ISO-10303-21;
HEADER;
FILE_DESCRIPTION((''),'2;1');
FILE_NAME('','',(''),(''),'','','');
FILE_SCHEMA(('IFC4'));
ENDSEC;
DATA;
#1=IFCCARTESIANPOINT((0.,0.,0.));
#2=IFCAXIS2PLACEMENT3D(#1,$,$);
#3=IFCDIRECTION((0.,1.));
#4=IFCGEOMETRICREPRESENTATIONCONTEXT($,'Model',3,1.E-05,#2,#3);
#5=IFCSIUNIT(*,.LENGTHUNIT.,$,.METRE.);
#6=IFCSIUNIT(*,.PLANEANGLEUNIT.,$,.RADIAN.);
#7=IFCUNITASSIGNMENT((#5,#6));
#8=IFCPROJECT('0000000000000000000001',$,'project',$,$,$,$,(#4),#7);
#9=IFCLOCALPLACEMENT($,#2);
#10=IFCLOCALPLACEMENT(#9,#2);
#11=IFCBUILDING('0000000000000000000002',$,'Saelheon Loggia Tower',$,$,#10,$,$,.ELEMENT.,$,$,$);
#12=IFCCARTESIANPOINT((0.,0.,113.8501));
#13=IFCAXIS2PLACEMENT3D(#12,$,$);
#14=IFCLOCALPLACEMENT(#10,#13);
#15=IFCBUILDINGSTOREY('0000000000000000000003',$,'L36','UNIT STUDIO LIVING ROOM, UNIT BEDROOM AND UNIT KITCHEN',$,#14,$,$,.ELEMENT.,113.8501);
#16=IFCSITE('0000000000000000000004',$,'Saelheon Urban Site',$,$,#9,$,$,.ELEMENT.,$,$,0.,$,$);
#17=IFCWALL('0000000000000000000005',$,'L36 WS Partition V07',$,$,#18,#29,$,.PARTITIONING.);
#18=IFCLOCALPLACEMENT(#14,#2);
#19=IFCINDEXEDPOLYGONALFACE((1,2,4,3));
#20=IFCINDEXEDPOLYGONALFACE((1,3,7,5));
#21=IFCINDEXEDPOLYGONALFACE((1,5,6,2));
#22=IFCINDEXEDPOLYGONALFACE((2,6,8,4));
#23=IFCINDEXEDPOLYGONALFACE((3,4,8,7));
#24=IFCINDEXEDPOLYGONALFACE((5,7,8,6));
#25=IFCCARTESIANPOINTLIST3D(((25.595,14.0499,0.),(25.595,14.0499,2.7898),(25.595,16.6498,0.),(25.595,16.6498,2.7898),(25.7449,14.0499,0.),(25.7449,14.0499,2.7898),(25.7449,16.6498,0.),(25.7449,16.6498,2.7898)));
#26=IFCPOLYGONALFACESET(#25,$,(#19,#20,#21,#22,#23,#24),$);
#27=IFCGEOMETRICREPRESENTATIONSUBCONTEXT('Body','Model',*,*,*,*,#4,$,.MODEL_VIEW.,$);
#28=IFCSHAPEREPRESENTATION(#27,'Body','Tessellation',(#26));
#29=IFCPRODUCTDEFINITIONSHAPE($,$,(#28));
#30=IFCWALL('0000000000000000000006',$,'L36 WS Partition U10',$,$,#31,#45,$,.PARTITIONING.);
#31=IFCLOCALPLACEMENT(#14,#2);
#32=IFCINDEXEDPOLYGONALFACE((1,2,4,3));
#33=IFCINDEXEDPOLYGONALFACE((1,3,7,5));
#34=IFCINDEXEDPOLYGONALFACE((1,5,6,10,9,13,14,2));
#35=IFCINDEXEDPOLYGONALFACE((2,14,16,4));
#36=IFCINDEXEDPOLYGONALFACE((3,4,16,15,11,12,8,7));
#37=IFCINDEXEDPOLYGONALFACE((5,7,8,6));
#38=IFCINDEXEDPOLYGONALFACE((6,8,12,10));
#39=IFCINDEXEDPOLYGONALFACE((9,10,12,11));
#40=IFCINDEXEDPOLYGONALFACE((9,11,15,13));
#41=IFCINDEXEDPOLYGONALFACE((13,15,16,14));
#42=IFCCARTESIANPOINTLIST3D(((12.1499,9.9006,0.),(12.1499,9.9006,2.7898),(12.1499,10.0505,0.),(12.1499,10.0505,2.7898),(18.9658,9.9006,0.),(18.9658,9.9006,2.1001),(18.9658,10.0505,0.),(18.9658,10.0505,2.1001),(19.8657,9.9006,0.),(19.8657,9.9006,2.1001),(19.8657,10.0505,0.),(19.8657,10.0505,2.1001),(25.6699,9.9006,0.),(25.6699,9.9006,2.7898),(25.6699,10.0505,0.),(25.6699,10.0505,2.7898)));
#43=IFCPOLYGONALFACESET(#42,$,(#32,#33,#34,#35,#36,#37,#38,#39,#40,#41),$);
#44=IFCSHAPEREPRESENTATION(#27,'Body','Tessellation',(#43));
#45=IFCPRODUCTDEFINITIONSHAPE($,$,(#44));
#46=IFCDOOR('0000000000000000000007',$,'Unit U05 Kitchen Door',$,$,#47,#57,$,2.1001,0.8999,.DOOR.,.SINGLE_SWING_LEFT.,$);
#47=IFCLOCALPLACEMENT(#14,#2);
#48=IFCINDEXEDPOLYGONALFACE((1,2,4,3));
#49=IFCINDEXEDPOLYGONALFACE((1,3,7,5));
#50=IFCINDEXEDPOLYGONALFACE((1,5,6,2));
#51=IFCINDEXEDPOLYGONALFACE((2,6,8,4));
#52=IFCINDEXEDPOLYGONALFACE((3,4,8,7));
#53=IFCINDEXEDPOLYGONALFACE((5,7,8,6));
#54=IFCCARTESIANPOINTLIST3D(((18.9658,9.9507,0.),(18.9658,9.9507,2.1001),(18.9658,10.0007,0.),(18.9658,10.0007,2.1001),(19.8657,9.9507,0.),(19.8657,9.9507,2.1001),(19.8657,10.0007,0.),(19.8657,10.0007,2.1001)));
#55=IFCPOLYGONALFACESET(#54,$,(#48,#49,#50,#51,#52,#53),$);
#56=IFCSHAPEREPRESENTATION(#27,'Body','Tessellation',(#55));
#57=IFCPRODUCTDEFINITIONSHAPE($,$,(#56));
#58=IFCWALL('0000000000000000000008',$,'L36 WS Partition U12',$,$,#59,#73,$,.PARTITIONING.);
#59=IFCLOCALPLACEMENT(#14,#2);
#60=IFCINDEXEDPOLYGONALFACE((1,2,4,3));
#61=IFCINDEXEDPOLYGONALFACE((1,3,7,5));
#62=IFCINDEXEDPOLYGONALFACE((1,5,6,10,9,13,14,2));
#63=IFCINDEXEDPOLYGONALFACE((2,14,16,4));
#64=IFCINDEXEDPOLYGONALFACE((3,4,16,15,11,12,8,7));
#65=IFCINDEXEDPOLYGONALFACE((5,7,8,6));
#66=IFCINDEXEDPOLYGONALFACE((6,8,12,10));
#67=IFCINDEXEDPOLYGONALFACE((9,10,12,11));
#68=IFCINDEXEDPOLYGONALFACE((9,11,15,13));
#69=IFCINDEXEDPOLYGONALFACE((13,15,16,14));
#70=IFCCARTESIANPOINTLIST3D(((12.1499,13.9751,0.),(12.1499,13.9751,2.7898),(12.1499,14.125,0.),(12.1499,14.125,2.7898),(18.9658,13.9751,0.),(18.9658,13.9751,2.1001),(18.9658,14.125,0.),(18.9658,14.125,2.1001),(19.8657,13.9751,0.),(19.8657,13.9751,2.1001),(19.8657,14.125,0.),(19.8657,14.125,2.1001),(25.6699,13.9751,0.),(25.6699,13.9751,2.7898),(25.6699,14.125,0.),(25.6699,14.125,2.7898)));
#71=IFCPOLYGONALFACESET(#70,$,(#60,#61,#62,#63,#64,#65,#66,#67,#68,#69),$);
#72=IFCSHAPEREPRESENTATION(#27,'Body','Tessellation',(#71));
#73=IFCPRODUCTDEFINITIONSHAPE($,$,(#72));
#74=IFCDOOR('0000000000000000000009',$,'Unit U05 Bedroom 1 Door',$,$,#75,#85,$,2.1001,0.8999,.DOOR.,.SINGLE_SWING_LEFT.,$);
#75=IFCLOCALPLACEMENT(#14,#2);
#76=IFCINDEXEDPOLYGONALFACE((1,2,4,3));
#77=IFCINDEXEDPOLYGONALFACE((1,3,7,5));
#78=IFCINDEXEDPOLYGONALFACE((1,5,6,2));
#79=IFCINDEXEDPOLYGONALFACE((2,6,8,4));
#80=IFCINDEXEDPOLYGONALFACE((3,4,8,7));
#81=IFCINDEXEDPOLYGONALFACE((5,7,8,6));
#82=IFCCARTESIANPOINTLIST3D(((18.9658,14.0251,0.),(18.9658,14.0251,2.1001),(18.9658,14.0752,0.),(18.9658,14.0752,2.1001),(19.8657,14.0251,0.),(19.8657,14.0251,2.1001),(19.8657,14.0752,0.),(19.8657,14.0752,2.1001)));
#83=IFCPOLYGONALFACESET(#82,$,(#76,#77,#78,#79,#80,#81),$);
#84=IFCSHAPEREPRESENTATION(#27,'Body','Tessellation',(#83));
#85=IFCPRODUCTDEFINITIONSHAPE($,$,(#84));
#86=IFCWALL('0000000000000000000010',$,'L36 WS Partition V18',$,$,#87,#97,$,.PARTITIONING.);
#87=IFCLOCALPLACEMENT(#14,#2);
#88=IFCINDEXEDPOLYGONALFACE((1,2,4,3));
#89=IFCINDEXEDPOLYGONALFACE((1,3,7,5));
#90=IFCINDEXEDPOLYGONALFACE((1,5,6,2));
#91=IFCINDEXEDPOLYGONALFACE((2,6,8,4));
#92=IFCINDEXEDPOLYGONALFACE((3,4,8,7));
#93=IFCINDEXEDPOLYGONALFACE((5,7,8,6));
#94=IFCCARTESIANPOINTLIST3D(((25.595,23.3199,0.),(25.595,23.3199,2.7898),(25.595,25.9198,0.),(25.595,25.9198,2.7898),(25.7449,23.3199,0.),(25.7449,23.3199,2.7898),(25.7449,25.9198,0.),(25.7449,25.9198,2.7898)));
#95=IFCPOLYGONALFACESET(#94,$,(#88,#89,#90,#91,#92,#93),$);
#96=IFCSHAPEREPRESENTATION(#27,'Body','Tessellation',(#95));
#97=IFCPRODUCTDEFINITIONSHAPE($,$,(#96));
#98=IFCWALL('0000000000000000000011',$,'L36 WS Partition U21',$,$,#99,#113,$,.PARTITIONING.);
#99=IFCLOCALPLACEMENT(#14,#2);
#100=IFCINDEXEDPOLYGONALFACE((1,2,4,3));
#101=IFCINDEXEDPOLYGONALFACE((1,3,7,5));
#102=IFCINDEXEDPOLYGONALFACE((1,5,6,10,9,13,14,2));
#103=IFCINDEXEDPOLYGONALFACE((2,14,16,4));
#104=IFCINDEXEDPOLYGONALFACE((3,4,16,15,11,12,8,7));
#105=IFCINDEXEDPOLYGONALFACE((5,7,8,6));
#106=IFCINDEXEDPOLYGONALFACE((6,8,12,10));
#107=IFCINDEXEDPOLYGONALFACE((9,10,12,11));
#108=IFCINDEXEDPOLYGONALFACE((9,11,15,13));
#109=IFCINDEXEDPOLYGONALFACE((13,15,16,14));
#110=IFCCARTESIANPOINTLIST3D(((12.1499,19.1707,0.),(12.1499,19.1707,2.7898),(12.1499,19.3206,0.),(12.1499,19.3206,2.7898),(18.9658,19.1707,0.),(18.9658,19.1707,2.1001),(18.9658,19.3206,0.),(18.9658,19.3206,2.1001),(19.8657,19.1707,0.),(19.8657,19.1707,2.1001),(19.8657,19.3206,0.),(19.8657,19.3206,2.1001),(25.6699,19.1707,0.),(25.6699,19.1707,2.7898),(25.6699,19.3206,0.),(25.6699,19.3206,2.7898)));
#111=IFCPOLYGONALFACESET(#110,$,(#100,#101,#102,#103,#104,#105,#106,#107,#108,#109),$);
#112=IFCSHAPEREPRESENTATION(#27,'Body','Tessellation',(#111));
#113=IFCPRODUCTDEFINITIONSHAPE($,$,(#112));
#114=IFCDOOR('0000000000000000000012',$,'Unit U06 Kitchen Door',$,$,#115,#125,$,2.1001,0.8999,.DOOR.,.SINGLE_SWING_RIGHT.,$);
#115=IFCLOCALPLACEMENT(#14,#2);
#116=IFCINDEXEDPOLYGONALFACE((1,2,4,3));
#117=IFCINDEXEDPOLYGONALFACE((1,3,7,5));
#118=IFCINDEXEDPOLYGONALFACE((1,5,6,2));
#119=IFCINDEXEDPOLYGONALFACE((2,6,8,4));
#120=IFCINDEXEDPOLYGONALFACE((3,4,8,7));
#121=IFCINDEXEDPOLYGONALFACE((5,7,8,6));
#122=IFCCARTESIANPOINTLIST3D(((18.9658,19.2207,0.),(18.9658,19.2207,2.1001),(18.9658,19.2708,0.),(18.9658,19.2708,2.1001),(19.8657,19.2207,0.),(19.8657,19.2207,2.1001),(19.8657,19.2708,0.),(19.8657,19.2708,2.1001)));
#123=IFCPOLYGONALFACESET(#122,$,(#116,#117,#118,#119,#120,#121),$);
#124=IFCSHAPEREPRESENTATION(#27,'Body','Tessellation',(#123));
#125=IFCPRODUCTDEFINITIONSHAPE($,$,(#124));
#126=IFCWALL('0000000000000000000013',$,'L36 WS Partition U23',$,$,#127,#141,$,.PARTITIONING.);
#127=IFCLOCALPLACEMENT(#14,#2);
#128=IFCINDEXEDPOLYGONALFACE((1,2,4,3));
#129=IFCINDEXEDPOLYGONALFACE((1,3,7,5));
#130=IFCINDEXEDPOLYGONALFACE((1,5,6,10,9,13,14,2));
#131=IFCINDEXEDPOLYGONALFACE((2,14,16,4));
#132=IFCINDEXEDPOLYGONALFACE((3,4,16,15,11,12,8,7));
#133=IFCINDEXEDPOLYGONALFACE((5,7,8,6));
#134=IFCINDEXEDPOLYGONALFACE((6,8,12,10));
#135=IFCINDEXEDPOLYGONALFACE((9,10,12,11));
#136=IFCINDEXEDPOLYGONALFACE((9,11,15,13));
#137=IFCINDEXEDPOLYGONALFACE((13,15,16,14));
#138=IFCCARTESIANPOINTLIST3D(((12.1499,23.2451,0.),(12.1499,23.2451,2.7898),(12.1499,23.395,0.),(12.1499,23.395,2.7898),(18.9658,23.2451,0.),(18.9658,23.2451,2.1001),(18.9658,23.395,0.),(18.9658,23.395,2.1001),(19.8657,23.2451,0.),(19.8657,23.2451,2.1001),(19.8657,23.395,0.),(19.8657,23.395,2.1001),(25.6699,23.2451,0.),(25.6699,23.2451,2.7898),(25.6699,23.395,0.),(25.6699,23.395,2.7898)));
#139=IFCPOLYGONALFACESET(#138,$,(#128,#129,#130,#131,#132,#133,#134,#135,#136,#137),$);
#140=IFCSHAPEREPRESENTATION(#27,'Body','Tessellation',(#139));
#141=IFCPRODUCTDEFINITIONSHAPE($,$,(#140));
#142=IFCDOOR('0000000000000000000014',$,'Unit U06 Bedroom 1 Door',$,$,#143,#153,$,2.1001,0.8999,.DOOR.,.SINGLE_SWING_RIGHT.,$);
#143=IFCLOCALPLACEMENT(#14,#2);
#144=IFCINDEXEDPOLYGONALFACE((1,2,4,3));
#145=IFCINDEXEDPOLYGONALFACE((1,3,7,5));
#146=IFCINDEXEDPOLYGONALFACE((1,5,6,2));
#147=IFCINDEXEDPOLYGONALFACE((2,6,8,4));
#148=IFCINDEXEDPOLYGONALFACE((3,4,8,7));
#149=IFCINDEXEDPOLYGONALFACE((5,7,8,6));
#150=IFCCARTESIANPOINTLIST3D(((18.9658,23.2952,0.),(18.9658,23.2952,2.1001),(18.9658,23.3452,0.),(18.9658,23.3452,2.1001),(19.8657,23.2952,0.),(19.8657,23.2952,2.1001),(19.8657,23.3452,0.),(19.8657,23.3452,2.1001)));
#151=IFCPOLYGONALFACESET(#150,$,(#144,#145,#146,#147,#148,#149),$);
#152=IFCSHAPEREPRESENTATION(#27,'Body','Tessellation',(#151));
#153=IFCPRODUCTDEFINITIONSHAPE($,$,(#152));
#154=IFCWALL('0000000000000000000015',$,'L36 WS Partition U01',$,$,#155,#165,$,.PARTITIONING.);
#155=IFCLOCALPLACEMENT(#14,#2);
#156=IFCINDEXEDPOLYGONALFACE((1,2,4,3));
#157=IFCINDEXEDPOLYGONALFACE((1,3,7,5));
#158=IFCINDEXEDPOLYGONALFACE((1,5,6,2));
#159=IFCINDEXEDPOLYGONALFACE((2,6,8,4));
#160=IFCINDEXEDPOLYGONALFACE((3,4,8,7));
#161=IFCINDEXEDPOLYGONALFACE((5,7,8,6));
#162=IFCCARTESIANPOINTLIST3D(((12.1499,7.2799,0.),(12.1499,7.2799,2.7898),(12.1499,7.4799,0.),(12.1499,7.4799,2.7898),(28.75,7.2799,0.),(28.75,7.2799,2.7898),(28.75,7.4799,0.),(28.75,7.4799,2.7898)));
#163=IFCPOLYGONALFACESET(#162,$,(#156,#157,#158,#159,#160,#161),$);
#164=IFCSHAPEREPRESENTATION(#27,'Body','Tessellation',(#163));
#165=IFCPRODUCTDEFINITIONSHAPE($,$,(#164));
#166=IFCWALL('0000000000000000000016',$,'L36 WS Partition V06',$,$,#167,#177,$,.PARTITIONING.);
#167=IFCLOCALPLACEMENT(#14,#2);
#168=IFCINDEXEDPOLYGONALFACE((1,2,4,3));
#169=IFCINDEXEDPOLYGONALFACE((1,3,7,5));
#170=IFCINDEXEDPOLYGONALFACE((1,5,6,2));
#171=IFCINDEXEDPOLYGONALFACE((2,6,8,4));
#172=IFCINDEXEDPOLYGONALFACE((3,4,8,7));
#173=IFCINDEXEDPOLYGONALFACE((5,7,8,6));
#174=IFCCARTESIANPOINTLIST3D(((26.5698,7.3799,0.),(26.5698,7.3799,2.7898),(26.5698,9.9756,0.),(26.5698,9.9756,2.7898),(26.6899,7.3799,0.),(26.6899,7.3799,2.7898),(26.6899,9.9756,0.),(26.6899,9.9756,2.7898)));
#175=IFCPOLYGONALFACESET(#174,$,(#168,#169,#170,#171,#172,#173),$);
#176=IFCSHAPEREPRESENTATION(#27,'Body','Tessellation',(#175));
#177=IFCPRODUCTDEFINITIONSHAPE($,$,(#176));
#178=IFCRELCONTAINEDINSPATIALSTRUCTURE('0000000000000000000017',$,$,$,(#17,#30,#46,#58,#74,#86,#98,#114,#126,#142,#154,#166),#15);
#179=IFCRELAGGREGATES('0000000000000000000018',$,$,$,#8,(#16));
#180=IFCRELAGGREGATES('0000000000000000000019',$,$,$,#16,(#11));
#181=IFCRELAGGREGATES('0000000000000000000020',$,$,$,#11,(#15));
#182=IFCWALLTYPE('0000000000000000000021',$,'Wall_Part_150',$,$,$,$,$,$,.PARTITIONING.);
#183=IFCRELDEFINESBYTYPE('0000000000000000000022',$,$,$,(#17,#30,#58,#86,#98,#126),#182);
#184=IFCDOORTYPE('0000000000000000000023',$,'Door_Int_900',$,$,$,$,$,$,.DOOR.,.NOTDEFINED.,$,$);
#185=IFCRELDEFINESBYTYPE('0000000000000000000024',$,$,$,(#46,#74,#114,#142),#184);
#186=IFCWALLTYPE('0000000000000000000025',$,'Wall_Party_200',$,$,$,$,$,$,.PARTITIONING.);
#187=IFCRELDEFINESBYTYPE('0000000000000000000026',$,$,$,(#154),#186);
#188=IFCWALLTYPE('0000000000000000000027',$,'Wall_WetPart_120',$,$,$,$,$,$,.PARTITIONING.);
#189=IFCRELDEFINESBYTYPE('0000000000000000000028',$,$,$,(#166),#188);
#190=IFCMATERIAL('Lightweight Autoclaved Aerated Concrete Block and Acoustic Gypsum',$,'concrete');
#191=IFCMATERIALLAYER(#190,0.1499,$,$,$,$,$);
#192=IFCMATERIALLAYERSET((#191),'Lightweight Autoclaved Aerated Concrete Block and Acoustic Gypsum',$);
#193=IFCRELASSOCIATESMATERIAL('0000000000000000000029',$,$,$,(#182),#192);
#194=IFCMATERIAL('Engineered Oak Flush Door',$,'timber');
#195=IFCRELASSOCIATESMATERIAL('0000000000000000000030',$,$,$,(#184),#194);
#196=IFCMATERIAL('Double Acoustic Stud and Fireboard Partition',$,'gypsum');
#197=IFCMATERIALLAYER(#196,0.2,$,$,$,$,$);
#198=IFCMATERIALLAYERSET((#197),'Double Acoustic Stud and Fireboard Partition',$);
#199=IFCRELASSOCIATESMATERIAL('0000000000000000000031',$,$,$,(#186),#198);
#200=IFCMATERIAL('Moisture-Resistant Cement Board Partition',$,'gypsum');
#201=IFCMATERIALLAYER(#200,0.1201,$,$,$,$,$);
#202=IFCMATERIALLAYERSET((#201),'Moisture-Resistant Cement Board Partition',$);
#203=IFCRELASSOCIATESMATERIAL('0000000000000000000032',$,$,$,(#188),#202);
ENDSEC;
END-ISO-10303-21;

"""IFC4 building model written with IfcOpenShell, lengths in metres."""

from ifc_helpers import new_model, si_unit, direction, frame, frame_2d, origin, place, context, subcontext, project, spatial, rectangle, extrude, source, transform, mapped, material, layer, layer_set, type_object, element, fill, save


model = new_model("IFC4")

# Units and contexts
model_context = context("Model", 3, precision=1e-05, world=origin(), true_north=direction((0.0, 1.0)))
body_context = subcontext(model_context, "Body", "Model", "MODEL_VIEW")
ifc_project = project(units=[si_unit("LENGTHUNIT", "METRE"), si_unit("PLANEANGLEUNIT", "RADIAN")], contexts=[model_context])

# Site, building, storey
site_placement = place(None, origin())
site = spatial("IfcSite", under=ifc_project, at=site_placement, Name="Saelheon Urban Site", CompositionType="ELEMENT", RefElevation=0.0)
building_placement = place(site_placement, origin())
building = spatial("IfcBuilding", under=site, at=building_placement, Name="Saelheon Loggia Tower", CompositionType="ELEMENT")
storey_placement = place(building_placement, frame((0.0, 0.0, 113.8501)))
storey = spatial("IfcBuildingStorey", under=building, at=storey_placement, Name="L36", Description="UNIT STUDIO LIVING ROOM, UNIT BEDROOM AND UNIT KITCHEN", CompositionType="ELEMENT", Elevation=113.8501)

# Wall
ifc_material_1 = material(Name="Lightweight Autoclaved Aerated Concrete Block and Acoustic Gypsum", Category="concrete")
ifc_layer_1 = layer(ifc_material_1, 0.1499)
ifc_layer_set_1 = layer_set([ifc_layer_1], Name="Lightweight Autoclaved Aerated Concrete Block and Acoustic Gypsum")
wall_type_1 = type_object("IfcWallType", Name="Wall_Part_150", PredefinedType="PARTITIONING", material=ifc_layer_set_1)
wall_1_placement = place(storey_placement, frame((25.6699, 14.05, 0.0), z_axis=(0.0, 0.0, 1.0), x_axis=(0.0, 1.0, 0.0)))
element("IfcWall", 1, at=wall_1_placement, inside=storey, type_object=wall_type_1, Name="L36 WS Partition V07", PredefinedType="PARTITIONING", context=body_context, shape_type="SweptSolid", body=[
    extrude(rectangle(XDim=2.5999, YDim=0.1499, at=frame_2d((1.2998, 0.0))), origin(), (0.0, 0.0, 1.0), 2.7898),
])

# Walls, openings, doors
wall_2_placement = place(storey_placement, frame((25.6699, 9.9756, 0.0), z_axis=(0.0, 0.0, 1.0), x_axis=(-1.0, 0.0, 0.0)))
wall_2 = element("IfcWall", 2, at=wall_2_placement, inside=storey, type_object=wall_type_1, Name="L36 WS Partition U10", PredefinedType="PARTITIONING", context=body_context, shape_type="SweptSolid", body=[
    extrude(rectangle(XDim=13.52, YDim=0.1499, at=frame_2d((6.76, 0.0))), origin(), (0.0, 0.0, 1.0), 2.7898),
])
opening_1_placement = place(wall_2_placement, frame((5.8042, 0.0, 0.0)))
opening_1 = element("IfcOpeningElement", 3, at=opening_1_placement, cuts=wall_2, PredefinedType="OPENING", context=body_context, shape_type="SweptSolid", body=[
    extrude(rectangle(XDim=0.8999, YDim=2.1001, at=frame_2d((0.45, 1.05))), frame((0.0, 0.0869, 0.0), z_axis=(0.0, -1.0, 0.0), x_axis=(1.0, 0.0, 0.0)), (0.0, 0.0, 1.0), 0.1738),
])
ifc_material_2 = material(Name="Engineered Oak Flush Door", Category="timber")
door_type_1 = type_object("IfcDoorType", Name="Door_Int_900", OperationType="NOTDEFINED", PredefinedType="DOOR", material=ifc_material_2)
shared_shape_1 = source(origin(), body_context, "Body", "SweptSolid", [
    extrude(rectangle(XDim=0.8999, YDim=2.1001, at=frame_2d((0.45, 1.05))), frame((0.0, 0.0249, 0.0), z_axis=(0.0, -1.0, 0.0), x_axis=(1.0, 0.0, 0.0)), (0.0, 0.0, 1.0), 0.05),
])
door_1_placement = place(opening_1_placement, origin())
door_1 = element("IfcDoor", 4, at=door_1_placement, inside=storey, type_object=door_type_1, Name="Unit U05 Kitchen Door", OperationType="SINGLE_SWING_LEFT", OverallHeight=2.1001, OverallWidth=0.8999, PredefinedType="DOOR", context=body_context, shape_type="MappedRepresentation", body=[
    mapped(shared_shape_1, transform((0.0, 0.0, 0.0), scale=1.0)),
])
fill(opening_1, door_1)
wall_3_placement = place(storey_placement, frame((25.6699, 14.05, 0.0), z_axis=(0.0, 0.0, 1.0), x_axis=(-1.0, 0.0, 0.0)))
wall_3 = element("IfcWall", 5, at=wall_3_placement, inside=storey, type_object=wall_type_1, Name="L36 WS Partition U12", PredefinedType="PARTITIONING", context=body_context, shape_type="SweptSolid", body=[
    extrude(rectangle(XDim=13.52, YDim=0.1499, at=frame_2d((6.76, 0.0))), origin(), (0.0, 0.0, 1.0), 2.7898),
])
opening_2_placement = place(wall_3_placement, frame((5.8042, 0.0, 0.0)))
opening_2 = element("IfcOpeningElement", 6, at=opening_2_placement, cuts=wall_3, PredefinedType="OPENING", context=body_context, shape_type="SweptSolid", body=[
    extrude(rectangle(XDim=0.8999, YDim=2.1001, at=frame_2d((0.45, 1.05))), frame((0.0, 0.0869, 0.0), z_axis=(0.0, -1.0, 0.0), x_axis=(1.0, 0.0, 0.0)), (0.0, 0.0, 1.0), 0.1738),
])
door_2_placement = place(opening_2_placement, origin())
door_2 = element("IfcDoor", 7, at=door_2_placement, inside=storey, type_object=door_type_1, Name="Unit U05 Bedroom 1 Door", OperationType="SINGLE_SWING_LEFT", OverallHeight=2.1001, OverallWidth=0.8999, PredefinedType="DOOR", context=body_context, shape_type="MappedRepresentation", body=[
    mapped(shared_shape_1, transform((0.0, 0.0, 0.0), scale=1.0)),
])
fill(opening_2, door_2)

# Wall
wall_4_placement = place(storey_placement, frame((25.6699, 23.3201, 0.0), z_axis=(0.0, 0.0, 1.0), x_axis=(0.0, 1.0, 0.0)))
element("IfcWall", 8, at=wall_4_placement, inside=storey, type_object=wall_type_1, Name="L36 WS Partition V18", PredefinedType="PARTITIONING", context=body_context, shape_type="SweptSolid", body=[
    extrude(rectangle(XDim=2.5999, YDim=0.1499, at=frame_2d((1.2998, 0.0))), origin(), (0.0, 0.0, 1.0), 2.7898),
])

# Walls, openings, doors
wall_5_placement = place(storey_placement, frame((25.6699, 19.2456, 0.0), z_axis=(0.0, 0.0, 1.0), x_axis=(-1.0, 0.0, 0.0)))
wall_5 = element("IfcWall", 9, at=wall_5_placement, inside=storey, type_object=wall_type_1, Name="L36 WS Partition U21", PredefinedType="PARTITIONING", context=body_context, shape_type="SweptSolid", body=[
    extrude(rectangle(XDim=13.52, YDim=0.1499, at=frame_2d((6.76, 0.0))), origin(), (0.0, 0.0, 1.0), 2.7898),
])
opening_3_placement = place(wall_5_placement, frame((5.8042, 0.0, 0.0)))
opening_3 = element("IfcOpeningElement", 10, at=opening_3_placement, cuts=wall_5, PredefinedType="OPENING", context=body_context, shape_type="SweptSolid", body=[
    extrude(rectangle(XDim=0.8999, YDim=2.1001, at=frame_2d((0.45, 1.05))), frame((0.0, 0.0869, 0.0), z_axis=(0.0, -1.0, 0.0), x_axis=(1.0, 0.0, 0.0)), (0.0, 0.0, 1.0), 0.1738),
])
door_3_placement = place(opening_3_placement, origin())
door_3 = element("IfcDoor", 11, at=door_3_placement, inside=storey, type_object=door_type_1, Name="Unit U06 Kitchen Door", OperationType="SINGLE_SWING_RIGHT", OverallHeight=2.1001, OverallWidth=0.8999, PredefinedType="DOOR", context=body_context, shape_type="MappedRepresentation", body=[
    mapped(shared_shape_1, transform((0.0, 0.0, 0.0), scale=1.0)),
])
fill(opening_3, door_3)
wall_6_placement = place(storey_placement, frame((25.6699, 23.3201, 0.0), z_axis=(0.0, 0.0, 1.0), x_axis=(-1.0, 0.0, 0.0)))
wall_6 = element("IfcWall", 12, at=wall_6_placement, inside=storey, type_object=wall_type_1, Name="L36 WS Partition U23", PredefinedType="PARTITIONING", context=body_context, shape_type="SweptSolid", body=[
    extrude(rectangle(XDim=13.52, YDim=0.1499, at=frame_2d((6.76, 0.0))), origin(), (0.0, 0.0, 1.0), 2.7898),
])
opening_4_placement = place(wall_6_placement, frame((5.8042, 0.0, 0.0)))
opening_4 = element("IfcOpeningElement", 13, at=opening_4_placement, cuts=wall_6, PredefinedType="OPENING", context=body_context, shape_type="SweptSolid", body=[
    extrude(rectangle(XDim=0.8999, YDim=2.1001, at=frame_2d((0.45, 1.05))), frame((0.0, 0.0869, 0.0), z_axis=(0.0, -1.0, 0.0), x_axis=(1.0, 0.0, 0.0)), (0.0, 0.0, 1.0), 0.1738),
])
door_4_placement = place(opening_4_placement, origin())
door_4 = element("IfcDoor", 14, at=door_4_placement, inside=storey, type_object=door_type_1, Name="Unit U06 Bedroom 1 Door", OperationType="SINGLE_SWING_RIGHT", OverallHeight=2.1001, OverallWidth=0.8999, PredefinedType="DOOR", context=body_context, shape_type="MappedRepresentation", body=[
    mapped(shared_shape_1, transform((0.0, 0.0, 0.0), scale=1.0)),
])
fill(opening_4, door_4)

# Walls
ifc_material_3 = material(Name="Double Acoustic Stud and Fireboard Partition", Category="gypsum")
ifc_layer_2 = layer(ifc_material_3, 0.2)
ifc_layer_set_2 = layer_set([ifc_layer_2], Name="Double Acoustic Stud and Fireboard Partition")
wall_type_2 = type_object("IfcWallType", Name="Wall_Party_200", PredefinedType="PARTITIONING", material=ifc_layer_set_2)
wall_7_placement = place(storey_placement, frame((28.75, 7.3799, 0.0), z_axis=(0.0, 0.0, 1.0), x_axis=(-1.0, 0.0, 0.0)))
element("IfcWall", 15, at=wall_7_placement, inside=storey, type_object=wall_type_2, Name="L36 WS Partition U01", PredefinedType="PARTITIONING", context=body_context, shape_type="SweptSolid", body=[
    extrude(rectangle(XDim=16.6001, YDim=0.2, at=frame_2d((8.3, 0.0))), origin(), (0.0, 0.0, 1.0), 2.7898),
])
ifc_material_4 = material(Name="Moisture-Resistant Cement Board Partition", Category="gypsum")
ifc_layer_3 = layer(ifc_material_4, 0.1201)
ifc_layer_set_3 = layer_set([ifc_layer_3], Name="Moisture-Resistant Cement Board Partition")
wall_type_3 = type_object("IfcWallType", Name="Wall_WetPart_120", PredefinedType="PARTITIONING", material=ifc_layer_set_3)
wall_8_placement = place(storey_placement, frame((26.6299, 7.3799, 0.0), z_axis=(0.0, 0.0, 1.0), x_axis=(0.0, 1.0, 0.0)))
element("IfcWall", 16, at=wall_8_placement, inside=storey, type_object=wall_type_3, Name="L36 WS Partition V06", PredefinedType="PARTITIONING", context=body_context, shape_type="SweptSolid", body=[
    extrude(rectangle(XDim=2.5957, YDim=0.1201, at=frame_2d((1.2979, 0.0))), origin(), (0.0, 0.0, 1.0), 2.7898),
])

save(model, "model.ifc")
